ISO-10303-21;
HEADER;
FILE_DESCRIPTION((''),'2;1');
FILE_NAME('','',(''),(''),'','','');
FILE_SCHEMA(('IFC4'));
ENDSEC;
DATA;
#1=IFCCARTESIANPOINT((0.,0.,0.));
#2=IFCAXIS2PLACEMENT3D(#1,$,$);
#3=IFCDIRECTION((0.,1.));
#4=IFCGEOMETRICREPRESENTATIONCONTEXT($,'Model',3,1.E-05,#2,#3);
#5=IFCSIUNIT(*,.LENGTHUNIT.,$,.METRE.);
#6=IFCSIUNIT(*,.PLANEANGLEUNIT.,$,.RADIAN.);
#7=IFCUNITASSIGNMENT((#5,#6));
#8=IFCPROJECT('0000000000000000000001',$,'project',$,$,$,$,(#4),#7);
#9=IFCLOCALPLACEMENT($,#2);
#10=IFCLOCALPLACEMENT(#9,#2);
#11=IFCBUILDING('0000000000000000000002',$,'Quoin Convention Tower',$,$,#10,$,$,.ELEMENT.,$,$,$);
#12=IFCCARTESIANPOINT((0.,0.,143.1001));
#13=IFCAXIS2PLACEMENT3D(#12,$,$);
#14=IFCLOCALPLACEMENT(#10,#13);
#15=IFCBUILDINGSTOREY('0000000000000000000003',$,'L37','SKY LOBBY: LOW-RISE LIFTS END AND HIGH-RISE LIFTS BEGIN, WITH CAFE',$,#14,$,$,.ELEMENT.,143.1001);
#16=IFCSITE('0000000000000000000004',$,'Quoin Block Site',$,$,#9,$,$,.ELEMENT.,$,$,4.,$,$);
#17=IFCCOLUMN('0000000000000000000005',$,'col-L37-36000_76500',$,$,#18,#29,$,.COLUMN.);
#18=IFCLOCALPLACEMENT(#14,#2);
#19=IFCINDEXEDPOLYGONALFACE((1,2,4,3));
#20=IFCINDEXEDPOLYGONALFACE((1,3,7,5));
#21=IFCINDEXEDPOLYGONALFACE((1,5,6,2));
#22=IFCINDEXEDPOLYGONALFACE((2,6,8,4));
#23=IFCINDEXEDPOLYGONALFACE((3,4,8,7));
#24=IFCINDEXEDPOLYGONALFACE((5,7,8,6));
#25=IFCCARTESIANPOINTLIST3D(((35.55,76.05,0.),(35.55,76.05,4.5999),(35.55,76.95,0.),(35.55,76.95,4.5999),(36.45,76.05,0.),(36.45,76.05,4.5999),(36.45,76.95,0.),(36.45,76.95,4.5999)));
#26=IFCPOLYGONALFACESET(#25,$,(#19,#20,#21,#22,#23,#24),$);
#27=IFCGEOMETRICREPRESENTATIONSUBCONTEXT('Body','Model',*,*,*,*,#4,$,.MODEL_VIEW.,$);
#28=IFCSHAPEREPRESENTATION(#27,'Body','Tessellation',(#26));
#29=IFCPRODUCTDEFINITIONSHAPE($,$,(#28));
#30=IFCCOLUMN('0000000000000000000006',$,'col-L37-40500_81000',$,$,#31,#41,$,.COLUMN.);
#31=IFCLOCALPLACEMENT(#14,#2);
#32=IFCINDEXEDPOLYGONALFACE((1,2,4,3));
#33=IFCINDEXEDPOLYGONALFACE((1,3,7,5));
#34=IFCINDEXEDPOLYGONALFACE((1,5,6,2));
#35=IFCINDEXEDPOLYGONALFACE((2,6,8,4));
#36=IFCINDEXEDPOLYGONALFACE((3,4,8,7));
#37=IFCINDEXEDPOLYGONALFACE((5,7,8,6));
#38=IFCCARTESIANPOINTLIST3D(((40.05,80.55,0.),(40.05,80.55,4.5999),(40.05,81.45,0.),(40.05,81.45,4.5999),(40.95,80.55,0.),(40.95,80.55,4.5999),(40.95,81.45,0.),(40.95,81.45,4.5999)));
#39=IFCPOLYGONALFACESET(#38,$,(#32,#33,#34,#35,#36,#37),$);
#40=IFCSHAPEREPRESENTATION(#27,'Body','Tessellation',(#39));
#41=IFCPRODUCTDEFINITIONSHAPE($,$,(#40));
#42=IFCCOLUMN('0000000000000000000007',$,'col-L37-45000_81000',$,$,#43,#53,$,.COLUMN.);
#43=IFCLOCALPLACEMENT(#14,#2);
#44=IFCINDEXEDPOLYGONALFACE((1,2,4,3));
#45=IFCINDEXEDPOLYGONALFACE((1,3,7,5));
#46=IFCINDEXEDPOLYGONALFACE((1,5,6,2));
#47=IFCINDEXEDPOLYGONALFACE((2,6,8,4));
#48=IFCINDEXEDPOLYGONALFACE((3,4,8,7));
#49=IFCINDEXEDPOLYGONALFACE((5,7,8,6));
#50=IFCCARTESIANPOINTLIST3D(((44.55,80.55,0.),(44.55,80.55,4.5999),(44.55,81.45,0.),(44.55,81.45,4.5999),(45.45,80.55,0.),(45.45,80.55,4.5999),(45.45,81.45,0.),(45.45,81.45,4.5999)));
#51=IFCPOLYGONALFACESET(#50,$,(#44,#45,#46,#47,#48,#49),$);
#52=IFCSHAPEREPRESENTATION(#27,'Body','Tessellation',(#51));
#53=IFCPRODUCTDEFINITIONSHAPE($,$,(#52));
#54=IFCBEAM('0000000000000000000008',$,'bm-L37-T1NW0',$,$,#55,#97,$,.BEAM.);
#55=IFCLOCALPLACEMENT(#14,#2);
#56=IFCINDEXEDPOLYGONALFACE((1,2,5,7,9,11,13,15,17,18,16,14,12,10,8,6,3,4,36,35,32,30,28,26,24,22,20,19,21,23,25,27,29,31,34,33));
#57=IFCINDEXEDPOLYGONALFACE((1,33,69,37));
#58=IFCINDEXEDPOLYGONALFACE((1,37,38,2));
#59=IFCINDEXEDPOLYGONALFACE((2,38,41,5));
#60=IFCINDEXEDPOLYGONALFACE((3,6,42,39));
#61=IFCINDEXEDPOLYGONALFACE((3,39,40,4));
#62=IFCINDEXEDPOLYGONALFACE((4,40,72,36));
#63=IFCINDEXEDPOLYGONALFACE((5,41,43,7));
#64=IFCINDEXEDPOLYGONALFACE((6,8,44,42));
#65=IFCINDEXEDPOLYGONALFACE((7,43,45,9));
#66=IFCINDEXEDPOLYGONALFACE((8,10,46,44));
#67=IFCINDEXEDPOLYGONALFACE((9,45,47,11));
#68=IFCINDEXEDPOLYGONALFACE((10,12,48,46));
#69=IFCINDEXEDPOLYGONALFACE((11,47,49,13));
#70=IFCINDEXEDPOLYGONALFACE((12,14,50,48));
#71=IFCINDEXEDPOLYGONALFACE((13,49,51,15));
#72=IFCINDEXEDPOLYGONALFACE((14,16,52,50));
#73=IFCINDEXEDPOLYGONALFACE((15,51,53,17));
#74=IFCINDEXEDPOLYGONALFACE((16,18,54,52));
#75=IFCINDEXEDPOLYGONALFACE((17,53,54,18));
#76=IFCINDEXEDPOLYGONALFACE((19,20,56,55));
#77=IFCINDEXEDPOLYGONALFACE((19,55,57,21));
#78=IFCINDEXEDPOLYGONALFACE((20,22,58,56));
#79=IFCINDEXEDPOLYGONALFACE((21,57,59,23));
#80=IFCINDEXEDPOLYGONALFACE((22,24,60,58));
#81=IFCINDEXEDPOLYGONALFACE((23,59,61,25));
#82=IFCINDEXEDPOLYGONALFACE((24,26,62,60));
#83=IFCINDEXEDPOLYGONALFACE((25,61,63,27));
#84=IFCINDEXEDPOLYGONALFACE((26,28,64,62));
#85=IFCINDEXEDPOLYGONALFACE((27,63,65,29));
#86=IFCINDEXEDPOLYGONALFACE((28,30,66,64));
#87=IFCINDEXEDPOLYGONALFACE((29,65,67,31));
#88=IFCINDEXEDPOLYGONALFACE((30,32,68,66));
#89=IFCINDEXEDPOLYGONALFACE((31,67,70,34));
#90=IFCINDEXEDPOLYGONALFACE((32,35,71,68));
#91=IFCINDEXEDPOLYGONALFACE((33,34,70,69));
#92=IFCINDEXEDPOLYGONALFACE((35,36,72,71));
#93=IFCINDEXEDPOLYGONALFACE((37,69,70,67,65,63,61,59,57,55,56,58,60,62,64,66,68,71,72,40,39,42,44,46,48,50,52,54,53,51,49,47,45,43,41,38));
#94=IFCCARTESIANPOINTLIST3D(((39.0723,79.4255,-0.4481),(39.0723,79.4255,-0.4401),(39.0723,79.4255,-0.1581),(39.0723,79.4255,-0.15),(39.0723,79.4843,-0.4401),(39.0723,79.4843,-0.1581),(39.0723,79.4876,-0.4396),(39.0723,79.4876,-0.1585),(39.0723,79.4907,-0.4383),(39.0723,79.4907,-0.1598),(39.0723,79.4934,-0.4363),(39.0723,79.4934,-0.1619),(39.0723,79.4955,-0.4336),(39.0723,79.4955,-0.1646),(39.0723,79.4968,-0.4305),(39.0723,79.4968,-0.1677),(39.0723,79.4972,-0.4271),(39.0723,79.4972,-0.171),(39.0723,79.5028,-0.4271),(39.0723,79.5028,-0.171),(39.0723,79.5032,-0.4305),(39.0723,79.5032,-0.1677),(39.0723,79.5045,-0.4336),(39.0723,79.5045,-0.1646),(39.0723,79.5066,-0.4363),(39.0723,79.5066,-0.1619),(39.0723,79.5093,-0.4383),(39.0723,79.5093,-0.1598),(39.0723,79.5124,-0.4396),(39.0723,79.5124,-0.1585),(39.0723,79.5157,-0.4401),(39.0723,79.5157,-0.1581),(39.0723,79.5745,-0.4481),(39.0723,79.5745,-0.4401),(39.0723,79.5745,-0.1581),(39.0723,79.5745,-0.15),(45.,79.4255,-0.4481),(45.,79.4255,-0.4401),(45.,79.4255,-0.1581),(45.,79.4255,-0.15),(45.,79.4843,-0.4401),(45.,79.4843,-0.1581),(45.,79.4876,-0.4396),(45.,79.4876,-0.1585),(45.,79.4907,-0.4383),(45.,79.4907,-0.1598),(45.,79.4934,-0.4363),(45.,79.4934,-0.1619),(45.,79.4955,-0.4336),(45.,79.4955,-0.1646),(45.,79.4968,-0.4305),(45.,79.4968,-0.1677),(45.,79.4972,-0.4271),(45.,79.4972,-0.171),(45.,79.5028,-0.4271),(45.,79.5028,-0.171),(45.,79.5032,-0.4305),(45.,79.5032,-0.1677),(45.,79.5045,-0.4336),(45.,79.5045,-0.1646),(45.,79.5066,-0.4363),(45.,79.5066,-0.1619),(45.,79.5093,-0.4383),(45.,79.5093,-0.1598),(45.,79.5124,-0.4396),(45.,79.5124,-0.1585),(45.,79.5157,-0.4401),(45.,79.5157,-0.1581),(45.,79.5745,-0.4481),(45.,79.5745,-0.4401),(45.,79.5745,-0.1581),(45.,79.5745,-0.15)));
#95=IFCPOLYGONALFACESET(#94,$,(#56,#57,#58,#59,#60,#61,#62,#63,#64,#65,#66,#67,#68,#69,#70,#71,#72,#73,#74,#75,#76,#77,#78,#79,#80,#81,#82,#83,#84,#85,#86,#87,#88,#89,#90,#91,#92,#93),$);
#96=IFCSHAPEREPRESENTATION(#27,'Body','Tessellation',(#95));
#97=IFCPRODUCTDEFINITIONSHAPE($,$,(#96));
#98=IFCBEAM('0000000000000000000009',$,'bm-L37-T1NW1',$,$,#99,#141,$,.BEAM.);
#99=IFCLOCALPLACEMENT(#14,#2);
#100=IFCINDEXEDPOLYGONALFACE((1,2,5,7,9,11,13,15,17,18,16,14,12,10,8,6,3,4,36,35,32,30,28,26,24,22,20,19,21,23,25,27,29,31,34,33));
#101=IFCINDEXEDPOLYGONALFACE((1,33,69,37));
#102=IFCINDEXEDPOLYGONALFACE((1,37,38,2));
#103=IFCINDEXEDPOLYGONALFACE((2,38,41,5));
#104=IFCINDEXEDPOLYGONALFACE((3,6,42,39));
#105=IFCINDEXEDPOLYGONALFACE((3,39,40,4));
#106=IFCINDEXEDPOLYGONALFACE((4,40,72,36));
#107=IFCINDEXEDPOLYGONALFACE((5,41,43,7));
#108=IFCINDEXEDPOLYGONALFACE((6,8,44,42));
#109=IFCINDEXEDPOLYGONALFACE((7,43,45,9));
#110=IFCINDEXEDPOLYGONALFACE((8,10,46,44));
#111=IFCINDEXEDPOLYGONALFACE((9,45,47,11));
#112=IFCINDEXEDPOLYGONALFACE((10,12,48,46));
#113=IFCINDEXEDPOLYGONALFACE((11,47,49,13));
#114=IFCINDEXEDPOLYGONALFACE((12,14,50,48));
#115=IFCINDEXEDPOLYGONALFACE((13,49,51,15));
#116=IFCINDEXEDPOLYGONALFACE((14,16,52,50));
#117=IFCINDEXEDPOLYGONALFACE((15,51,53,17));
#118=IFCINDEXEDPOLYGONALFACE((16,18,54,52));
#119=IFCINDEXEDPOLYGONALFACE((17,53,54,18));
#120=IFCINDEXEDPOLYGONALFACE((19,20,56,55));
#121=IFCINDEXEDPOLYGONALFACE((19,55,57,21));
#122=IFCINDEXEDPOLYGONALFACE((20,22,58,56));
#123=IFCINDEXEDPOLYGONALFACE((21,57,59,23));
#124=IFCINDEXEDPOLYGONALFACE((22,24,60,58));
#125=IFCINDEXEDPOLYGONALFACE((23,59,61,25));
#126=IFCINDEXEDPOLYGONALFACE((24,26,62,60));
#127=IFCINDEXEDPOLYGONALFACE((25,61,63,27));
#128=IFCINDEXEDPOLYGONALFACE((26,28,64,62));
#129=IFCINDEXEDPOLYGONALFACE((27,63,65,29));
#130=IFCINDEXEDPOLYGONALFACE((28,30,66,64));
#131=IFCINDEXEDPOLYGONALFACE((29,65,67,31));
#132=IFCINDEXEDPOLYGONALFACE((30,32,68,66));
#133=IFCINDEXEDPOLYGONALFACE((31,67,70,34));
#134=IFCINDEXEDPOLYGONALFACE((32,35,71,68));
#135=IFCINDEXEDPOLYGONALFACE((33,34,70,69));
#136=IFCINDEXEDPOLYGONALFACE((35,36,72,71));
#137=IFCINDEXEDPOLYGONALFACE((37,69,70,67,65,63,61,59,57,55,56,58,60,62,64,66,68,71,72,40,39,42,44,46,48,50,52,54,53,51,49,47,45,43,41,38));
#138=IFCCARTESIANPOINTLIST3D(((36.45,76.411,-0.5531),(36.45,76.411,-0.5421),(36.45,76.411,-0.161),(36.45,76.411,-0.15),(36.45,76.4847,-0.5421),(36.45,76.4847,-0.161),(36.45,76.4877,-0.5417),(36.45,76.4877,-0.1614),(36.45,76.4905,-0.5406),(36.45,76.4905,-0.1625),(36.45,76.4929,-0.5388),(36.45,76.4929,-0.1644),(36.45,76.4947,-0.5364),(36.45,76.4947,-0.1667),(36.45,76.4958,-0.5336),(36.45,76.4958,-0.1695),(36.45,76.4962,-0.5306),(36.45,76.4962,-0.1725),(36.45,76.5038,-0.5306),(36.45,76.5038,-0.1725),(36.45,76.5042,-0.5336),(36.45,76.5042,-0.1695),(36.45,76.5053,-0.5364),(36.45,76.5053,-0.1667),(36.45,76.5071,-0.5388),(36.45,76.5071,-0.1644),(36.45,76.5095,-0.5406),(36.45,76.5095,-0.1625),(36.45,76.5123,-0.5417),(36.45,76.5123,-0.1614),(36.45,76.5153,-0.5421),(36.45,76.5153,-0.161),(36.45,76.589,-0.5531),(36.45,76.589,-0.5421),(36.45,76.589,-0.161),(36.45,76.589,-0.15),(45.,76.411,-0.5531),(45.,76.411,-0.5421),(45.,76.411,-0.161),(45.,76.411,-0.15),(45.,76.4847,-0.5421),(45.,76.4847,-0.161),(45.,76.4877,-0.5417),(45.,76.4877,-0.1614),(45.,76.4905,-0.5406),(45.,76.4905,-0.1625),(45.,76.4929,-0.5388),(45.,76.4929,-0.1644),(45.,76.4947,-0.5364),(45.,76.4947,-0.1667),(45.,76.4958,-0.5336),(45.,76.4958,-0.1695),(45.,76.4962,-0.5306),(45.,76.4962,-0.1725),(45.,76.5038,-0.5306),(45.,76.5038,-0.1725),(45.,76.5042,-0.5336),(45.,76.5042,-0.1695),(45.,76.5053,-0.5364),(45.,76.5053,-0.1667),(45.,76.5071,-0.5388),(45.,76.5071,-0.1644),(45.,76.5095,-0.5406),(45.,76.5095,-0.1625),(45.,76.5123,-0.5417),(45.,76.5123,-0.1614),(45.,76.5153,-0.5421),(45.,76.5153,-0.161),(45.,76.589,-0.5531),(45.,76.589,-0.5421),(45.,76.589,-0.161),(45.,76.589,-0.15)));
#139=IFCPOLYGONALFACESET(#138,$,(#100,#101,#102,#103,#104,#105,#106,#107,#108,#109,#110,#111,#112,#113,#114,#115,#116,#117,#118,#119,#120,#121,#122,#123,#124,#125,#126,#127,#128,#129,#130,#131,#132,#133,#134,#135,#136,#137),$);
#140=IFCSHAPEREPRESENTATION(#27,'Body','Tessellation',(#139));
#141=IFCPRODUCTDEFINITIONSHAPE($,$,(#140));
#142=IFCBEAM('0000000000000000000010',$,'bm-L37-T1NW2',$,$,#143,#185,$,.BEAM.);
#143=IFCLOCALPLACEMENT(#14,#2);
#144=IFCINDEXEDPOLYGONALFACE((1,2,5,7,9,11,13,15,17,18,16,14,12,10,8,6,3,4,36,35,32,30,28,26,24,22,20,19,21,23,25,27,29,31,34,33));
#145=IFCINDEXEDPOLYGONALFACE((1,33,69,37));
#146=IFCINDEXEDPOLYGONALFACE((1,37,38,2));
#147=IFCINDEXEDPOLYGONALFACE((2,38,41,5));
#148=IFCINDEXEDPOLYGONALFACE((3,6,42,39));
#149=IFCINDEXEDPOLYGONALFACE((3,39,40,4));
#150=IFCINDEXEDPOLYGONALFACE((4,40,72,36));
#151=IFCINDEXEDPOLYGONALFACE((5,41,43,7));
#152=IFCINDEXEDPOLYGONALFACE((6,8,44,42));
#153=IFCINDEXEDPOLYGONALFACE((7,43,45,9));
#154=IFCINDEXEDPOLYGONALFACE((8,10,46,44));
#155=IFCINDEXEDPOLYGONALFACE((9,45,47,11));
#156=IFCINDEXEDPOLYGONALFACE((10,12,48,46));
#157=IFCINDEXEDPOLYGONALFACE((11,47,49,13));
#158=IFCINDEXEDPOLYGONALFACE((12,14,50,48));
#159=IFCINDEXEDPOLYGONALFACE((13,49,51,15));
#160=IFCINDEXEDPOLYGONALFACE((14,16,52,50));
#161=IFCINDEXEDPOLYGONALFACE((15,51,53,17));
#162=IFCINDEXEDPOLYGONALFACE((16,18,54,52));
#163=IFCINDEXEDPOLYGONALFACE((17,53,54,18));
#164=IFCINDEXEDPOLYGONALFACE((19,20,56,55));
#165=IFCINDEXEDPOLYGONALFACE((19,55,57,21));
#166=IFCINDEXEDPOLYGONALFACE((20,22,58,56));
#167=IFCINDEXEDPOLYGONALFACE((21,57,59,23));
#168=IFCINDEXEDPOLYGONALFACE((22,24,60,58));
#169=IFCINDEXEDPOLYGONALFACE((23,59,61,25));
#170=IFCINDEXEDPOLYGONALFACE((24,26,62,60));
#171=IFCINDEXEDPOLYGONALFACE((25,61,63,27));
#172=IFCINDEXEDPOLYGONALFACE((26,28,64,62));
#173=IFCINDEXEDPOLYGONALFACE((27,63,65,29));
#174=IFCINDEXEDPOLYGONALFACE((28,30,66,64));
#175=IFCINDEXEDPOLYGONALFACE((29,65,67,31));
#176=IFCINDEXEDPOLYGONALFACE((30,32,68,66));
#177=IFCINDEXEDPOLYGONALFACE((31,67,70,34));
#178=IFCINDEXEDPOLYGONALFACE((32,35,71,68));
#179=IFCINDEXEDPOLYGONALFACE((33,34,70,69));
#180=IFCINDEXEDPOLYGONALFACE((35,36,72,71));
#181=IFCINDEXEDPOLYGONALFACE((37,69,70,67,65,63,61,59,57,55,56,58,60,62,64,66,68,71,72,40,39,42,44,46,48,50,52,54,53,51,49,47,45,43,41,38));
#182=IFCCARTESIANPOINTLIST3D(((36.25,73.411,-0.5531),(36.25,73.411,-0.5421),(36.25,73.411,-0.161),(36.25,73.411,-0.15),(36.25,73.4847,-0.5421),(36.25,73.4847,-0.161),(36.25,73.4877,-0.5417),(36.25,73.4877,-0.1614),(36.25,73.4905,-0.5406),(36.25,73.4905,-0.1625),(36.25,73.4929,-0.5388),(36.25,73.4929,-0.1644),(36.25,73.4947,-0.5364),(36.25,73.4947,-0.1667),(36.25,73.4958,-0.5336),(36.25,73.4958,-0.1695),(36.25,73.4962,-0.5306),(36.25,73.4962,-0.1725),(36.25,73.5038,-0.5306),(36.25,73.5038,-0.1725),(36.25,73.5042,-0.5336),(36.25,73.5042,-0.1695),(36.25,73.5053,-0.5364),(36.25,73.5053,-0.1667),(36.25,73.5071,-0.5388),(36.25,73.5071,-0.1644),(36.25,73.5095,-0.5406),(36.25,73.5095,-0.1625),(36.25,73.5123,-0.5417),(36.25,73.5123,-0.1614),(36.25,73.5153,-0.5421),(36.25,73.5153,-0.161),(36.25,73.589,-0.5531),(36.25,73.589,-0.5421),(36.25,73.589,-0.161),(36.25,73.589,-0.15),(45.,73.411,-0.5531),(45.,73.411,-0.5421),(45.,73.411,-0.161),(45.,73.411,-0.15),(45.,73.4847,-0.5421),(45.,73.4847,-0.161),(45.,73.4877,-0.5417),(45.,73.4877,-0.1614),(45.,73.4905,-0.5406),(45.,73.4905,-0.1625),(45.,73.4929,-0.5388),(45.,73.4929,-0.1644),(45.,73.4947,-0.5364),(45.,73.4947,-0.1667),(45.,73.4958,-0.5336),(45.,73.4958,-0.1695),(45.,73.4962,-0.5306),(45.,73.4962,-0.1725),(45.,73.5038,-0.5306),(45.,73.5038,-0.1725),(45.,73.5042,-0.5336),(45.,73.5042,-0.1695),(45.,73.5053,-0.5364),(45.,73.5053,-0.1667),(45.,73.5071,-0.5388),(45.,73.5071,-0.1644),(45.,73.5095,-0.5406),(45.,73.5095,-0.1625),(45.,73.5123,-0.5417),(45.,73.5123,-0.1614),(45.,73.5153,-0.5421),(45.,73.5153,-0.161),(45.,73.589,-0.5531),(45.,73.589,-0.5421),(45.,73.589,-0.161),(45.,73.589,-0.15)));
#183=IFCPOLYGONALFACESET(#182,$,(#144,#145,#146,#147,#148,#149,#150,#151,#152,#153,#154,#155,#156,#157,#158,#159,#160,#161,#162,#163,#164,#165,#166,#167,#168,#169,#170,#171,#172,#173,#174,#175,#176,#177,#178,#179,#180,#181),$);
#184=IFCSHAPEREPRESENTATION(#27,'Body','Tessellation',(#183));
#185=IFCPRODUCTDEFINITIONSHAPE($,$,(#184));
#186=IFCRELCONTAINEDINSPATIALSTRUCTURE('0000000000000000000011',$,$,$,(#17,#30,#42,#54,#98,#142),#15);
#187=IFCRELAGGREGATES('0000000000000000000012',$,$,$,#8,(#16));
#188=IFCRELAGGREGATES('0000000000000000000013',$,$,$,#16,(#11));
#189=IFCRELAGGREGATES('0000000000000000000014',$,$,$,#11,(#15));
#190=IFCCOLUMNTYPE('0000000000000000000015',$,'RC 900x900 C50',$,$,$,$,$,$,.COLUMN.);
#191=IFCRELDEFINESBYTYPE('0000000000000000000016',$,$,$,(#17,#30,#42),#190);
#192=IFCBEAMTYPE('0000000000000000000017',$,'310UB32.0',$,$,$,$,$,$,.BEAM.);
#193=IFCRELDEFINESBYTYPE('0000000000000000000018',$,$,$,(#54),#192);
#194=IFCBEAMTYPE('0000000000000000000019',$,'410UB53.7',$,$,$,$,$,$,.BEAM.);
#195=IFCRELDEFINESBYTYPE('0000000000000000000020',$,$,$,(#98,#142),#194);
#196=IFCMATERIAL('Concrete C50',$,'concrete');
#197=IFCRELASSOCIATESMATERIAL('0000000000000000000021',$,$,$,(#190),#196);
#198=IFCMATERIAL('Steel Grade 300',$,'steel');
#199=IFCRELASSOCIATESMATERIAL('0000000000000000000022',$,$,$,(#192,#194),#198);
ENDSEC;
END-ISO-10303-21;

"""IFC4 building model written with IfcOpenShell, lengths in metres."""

from ifc_helpers import new_model, si_unit, direction, frame, origin, origin_2d, place, context, subcontext, project, spatial, rectangle, i_section, extrude, material, material_profile, profile_set, type_object, element, save


model = new_model("IFC4")

# Units and contexts
model_context = context("Model", 3, precision=1e-05, world=origin(), true_north=direction((0.0, 1.0)))
body_context = subcontext(model_context, "Body", "Model", "MODEL_VIEW")
ifc_project = project(units=[si_unit("LENGTHUNIT", "METRE"), si_unit("PLANEANGLEUNIT", "RADIAN")], contexts=[model_context])

# Site, building, storey
site_placement = place(None, origin())
site = spatial("IfcSite", under=ifc_project, at=site_placement, Name="Quoin Block Site", CompositionType="ELEMENT", RefElevation=4.0)
building_placement = place(site_placement, origin())
building = spatial("IfcBuilding", under=site, at=building_placement, Name="Quoin Convention Tower", CompositionType="ELEMENT")
storey_placement = place(building_placement, frame((0.0, 0.0, 143.1001)))
storey = spatial("IfcBuildingStorey", under=building, at=storey_placement, Name="L37", Description="SKY LOBBY: LOW-RISE LIFTS END AND HIGH-RISE LIFTS BEGIN, WITH CAFE", CompositionType="ELEMENT", Elevation=143.1001)

# Columns
ifc_material_1 = material(Name="Concrete C50", Category="concrete")
ifc_material_profile_1 = material_profile(ifc_material_1, rectangle(XDim=0.8999, YDim=0.8999, at=origin_2d()), Name="RC 900x900")
ifc_profile_set_1 = profile_set([ifc_material_profile_1], Name="Concrete C50")
column_type = type_object("IfcColumnType", Name="RC 900x900 C50", PredefinedType="COLUMN", material=ifc_profile_set_1)
for number, where, z_axis, x_axis, name in (
    (1, (36.0, 76.5, 0.0), (0.0, 0.0, 1.0), (1.0, 0.0, 0.0), "col-L37-36000_76500"),
    (2, (40.5, 81.0, 0.0), (0.0, 0.0, 1.0), (1.0, 0.0, 0.0), "col-L37-40500_81000"),
    (3, (45.0, 81.0, 0.0), (0.0, 0.0, 1.0), (1.0, 0.0, 0.0), "col-L37-45000_81000"),
):
    element("IfcColumn", number, at=place(storey_placement, frame(where, z_axis=z_axis, x_axis=x_axis)), inside=storey, type_object=column_type, Name=name, PredefinedType="COLUMN", context=body_context, shape_type="SweptSolid", body=[
        extrude(rectangle(XDim=0.8999, YDim=0.8999, at=origin_2d()), origin(), (0.0, 0.0, 1.0), 4.5999),
    ])

# Beams
ifc_material_2 = material(Name="Steel Grade 300", Category="steel")
ifc_material_profile_2 = material_profile(ifc_material_2, i_section(OverallWidth=0.1489, OverallDepth=0.2981, WebThickness=0.0056, FlangeThickness=0.0081, FilletRadius=0.0129, at=origin_2d()), Name="310UB32.0")
ifc_profile_set_2 = profile_set([ifc_material_profile_2], Name="Steel Grade 300")
beam_type_1 = type_object("IfcBeamType", Name="310UB32.0", PredefinedType="BEAM", material=ifc_profile_set_2)
beam_1_placement = place(storey_placement, frame((39.0723, 79.5, -0.2991), z_axis=(1.0, 0.0, 0.0), x_axis=(0.0, 1.0, 0.0)))
element("IfcBeam", 4, at=beam_1_placement, inside=storey, type_object=beam_type_1, Name="bm-L37-T1NW0", PredefinedType="BEAM", context=body_context, shape_type="SweptSolid", body=[
    extrude(i_section(OverallWidth=0.1489, OverallDepth=0.2981, WebThickness=0.0056, FlangeThickness=0.0081, FilletRadius=0.0129, at=origin_2d()), origin(), (0.0, 0.0, 1.0), 5.9277),
])
ifc_material_profile_3 = material_profile(ifc_material_2, i_section(OverallWidth=0.178, OverallDepth=0.4031, WebThickness=0.0076, FlangeThickness=0.011, FilletRadius=0.0115, at=origin_2d()), Name="410UB53.7")
ifc_profile_set_3 = profile_set([ifc_material_profile_3], Name="Steel Grade 300")
beam_type_2 = type_object("IfcBeamType", Name="410UB53.7", PredefinedType="BEAM", material=ifc_profile_set_3)
beam_2_placement = place(storey_placement, frame((36.45, 76.5, -0.3516), z_axis=(1.0, 0.0, 0.0), x_axis=(0.0, 1.0, 0.0)))
element("IfcBeam", 5, at=beam_2_placement, inside=storey, type_object=beam_type_2, Name="bm-L37-T1NW1", PredefinedType="BEAM", context=body_context, shape_type="SweptSolid", body=[
    extrude(i_section(OverallWidth=0.178, OverallDepth=0.4031, WebThickness=0.0076, FlangeThickness=0.011, FilletRadius=0.0115, at=origin_2d()), origin(), (0.0, 0.0, 1.0), 8.55),
])
beam_3_placement = place(storey_placement, frame((36.25, 73.5, -0.3516), z_axis=(1.0, 0.0, 0.0), x_axis=(0.0, 1.0, 0.0)))
element("IfcBeam", 6, at=beam_3_placement, inside=storey, type_object=beam_type_2, Name="bm-L37-T1NW2", PredefinedType="BEAM", context=body_context, shape_type="SweptSolid", body=[
    extrude(i_section(OverallWidth=0.178, OverallDepth=0.4031, WebThickness=0.0076, FlangeThickness=0.011, FilletRadius=0.0115, at=origin_2d()), origin(), (0.0, 0.0, 1.0), 8.75),
])

save(model, "model.ifc")
